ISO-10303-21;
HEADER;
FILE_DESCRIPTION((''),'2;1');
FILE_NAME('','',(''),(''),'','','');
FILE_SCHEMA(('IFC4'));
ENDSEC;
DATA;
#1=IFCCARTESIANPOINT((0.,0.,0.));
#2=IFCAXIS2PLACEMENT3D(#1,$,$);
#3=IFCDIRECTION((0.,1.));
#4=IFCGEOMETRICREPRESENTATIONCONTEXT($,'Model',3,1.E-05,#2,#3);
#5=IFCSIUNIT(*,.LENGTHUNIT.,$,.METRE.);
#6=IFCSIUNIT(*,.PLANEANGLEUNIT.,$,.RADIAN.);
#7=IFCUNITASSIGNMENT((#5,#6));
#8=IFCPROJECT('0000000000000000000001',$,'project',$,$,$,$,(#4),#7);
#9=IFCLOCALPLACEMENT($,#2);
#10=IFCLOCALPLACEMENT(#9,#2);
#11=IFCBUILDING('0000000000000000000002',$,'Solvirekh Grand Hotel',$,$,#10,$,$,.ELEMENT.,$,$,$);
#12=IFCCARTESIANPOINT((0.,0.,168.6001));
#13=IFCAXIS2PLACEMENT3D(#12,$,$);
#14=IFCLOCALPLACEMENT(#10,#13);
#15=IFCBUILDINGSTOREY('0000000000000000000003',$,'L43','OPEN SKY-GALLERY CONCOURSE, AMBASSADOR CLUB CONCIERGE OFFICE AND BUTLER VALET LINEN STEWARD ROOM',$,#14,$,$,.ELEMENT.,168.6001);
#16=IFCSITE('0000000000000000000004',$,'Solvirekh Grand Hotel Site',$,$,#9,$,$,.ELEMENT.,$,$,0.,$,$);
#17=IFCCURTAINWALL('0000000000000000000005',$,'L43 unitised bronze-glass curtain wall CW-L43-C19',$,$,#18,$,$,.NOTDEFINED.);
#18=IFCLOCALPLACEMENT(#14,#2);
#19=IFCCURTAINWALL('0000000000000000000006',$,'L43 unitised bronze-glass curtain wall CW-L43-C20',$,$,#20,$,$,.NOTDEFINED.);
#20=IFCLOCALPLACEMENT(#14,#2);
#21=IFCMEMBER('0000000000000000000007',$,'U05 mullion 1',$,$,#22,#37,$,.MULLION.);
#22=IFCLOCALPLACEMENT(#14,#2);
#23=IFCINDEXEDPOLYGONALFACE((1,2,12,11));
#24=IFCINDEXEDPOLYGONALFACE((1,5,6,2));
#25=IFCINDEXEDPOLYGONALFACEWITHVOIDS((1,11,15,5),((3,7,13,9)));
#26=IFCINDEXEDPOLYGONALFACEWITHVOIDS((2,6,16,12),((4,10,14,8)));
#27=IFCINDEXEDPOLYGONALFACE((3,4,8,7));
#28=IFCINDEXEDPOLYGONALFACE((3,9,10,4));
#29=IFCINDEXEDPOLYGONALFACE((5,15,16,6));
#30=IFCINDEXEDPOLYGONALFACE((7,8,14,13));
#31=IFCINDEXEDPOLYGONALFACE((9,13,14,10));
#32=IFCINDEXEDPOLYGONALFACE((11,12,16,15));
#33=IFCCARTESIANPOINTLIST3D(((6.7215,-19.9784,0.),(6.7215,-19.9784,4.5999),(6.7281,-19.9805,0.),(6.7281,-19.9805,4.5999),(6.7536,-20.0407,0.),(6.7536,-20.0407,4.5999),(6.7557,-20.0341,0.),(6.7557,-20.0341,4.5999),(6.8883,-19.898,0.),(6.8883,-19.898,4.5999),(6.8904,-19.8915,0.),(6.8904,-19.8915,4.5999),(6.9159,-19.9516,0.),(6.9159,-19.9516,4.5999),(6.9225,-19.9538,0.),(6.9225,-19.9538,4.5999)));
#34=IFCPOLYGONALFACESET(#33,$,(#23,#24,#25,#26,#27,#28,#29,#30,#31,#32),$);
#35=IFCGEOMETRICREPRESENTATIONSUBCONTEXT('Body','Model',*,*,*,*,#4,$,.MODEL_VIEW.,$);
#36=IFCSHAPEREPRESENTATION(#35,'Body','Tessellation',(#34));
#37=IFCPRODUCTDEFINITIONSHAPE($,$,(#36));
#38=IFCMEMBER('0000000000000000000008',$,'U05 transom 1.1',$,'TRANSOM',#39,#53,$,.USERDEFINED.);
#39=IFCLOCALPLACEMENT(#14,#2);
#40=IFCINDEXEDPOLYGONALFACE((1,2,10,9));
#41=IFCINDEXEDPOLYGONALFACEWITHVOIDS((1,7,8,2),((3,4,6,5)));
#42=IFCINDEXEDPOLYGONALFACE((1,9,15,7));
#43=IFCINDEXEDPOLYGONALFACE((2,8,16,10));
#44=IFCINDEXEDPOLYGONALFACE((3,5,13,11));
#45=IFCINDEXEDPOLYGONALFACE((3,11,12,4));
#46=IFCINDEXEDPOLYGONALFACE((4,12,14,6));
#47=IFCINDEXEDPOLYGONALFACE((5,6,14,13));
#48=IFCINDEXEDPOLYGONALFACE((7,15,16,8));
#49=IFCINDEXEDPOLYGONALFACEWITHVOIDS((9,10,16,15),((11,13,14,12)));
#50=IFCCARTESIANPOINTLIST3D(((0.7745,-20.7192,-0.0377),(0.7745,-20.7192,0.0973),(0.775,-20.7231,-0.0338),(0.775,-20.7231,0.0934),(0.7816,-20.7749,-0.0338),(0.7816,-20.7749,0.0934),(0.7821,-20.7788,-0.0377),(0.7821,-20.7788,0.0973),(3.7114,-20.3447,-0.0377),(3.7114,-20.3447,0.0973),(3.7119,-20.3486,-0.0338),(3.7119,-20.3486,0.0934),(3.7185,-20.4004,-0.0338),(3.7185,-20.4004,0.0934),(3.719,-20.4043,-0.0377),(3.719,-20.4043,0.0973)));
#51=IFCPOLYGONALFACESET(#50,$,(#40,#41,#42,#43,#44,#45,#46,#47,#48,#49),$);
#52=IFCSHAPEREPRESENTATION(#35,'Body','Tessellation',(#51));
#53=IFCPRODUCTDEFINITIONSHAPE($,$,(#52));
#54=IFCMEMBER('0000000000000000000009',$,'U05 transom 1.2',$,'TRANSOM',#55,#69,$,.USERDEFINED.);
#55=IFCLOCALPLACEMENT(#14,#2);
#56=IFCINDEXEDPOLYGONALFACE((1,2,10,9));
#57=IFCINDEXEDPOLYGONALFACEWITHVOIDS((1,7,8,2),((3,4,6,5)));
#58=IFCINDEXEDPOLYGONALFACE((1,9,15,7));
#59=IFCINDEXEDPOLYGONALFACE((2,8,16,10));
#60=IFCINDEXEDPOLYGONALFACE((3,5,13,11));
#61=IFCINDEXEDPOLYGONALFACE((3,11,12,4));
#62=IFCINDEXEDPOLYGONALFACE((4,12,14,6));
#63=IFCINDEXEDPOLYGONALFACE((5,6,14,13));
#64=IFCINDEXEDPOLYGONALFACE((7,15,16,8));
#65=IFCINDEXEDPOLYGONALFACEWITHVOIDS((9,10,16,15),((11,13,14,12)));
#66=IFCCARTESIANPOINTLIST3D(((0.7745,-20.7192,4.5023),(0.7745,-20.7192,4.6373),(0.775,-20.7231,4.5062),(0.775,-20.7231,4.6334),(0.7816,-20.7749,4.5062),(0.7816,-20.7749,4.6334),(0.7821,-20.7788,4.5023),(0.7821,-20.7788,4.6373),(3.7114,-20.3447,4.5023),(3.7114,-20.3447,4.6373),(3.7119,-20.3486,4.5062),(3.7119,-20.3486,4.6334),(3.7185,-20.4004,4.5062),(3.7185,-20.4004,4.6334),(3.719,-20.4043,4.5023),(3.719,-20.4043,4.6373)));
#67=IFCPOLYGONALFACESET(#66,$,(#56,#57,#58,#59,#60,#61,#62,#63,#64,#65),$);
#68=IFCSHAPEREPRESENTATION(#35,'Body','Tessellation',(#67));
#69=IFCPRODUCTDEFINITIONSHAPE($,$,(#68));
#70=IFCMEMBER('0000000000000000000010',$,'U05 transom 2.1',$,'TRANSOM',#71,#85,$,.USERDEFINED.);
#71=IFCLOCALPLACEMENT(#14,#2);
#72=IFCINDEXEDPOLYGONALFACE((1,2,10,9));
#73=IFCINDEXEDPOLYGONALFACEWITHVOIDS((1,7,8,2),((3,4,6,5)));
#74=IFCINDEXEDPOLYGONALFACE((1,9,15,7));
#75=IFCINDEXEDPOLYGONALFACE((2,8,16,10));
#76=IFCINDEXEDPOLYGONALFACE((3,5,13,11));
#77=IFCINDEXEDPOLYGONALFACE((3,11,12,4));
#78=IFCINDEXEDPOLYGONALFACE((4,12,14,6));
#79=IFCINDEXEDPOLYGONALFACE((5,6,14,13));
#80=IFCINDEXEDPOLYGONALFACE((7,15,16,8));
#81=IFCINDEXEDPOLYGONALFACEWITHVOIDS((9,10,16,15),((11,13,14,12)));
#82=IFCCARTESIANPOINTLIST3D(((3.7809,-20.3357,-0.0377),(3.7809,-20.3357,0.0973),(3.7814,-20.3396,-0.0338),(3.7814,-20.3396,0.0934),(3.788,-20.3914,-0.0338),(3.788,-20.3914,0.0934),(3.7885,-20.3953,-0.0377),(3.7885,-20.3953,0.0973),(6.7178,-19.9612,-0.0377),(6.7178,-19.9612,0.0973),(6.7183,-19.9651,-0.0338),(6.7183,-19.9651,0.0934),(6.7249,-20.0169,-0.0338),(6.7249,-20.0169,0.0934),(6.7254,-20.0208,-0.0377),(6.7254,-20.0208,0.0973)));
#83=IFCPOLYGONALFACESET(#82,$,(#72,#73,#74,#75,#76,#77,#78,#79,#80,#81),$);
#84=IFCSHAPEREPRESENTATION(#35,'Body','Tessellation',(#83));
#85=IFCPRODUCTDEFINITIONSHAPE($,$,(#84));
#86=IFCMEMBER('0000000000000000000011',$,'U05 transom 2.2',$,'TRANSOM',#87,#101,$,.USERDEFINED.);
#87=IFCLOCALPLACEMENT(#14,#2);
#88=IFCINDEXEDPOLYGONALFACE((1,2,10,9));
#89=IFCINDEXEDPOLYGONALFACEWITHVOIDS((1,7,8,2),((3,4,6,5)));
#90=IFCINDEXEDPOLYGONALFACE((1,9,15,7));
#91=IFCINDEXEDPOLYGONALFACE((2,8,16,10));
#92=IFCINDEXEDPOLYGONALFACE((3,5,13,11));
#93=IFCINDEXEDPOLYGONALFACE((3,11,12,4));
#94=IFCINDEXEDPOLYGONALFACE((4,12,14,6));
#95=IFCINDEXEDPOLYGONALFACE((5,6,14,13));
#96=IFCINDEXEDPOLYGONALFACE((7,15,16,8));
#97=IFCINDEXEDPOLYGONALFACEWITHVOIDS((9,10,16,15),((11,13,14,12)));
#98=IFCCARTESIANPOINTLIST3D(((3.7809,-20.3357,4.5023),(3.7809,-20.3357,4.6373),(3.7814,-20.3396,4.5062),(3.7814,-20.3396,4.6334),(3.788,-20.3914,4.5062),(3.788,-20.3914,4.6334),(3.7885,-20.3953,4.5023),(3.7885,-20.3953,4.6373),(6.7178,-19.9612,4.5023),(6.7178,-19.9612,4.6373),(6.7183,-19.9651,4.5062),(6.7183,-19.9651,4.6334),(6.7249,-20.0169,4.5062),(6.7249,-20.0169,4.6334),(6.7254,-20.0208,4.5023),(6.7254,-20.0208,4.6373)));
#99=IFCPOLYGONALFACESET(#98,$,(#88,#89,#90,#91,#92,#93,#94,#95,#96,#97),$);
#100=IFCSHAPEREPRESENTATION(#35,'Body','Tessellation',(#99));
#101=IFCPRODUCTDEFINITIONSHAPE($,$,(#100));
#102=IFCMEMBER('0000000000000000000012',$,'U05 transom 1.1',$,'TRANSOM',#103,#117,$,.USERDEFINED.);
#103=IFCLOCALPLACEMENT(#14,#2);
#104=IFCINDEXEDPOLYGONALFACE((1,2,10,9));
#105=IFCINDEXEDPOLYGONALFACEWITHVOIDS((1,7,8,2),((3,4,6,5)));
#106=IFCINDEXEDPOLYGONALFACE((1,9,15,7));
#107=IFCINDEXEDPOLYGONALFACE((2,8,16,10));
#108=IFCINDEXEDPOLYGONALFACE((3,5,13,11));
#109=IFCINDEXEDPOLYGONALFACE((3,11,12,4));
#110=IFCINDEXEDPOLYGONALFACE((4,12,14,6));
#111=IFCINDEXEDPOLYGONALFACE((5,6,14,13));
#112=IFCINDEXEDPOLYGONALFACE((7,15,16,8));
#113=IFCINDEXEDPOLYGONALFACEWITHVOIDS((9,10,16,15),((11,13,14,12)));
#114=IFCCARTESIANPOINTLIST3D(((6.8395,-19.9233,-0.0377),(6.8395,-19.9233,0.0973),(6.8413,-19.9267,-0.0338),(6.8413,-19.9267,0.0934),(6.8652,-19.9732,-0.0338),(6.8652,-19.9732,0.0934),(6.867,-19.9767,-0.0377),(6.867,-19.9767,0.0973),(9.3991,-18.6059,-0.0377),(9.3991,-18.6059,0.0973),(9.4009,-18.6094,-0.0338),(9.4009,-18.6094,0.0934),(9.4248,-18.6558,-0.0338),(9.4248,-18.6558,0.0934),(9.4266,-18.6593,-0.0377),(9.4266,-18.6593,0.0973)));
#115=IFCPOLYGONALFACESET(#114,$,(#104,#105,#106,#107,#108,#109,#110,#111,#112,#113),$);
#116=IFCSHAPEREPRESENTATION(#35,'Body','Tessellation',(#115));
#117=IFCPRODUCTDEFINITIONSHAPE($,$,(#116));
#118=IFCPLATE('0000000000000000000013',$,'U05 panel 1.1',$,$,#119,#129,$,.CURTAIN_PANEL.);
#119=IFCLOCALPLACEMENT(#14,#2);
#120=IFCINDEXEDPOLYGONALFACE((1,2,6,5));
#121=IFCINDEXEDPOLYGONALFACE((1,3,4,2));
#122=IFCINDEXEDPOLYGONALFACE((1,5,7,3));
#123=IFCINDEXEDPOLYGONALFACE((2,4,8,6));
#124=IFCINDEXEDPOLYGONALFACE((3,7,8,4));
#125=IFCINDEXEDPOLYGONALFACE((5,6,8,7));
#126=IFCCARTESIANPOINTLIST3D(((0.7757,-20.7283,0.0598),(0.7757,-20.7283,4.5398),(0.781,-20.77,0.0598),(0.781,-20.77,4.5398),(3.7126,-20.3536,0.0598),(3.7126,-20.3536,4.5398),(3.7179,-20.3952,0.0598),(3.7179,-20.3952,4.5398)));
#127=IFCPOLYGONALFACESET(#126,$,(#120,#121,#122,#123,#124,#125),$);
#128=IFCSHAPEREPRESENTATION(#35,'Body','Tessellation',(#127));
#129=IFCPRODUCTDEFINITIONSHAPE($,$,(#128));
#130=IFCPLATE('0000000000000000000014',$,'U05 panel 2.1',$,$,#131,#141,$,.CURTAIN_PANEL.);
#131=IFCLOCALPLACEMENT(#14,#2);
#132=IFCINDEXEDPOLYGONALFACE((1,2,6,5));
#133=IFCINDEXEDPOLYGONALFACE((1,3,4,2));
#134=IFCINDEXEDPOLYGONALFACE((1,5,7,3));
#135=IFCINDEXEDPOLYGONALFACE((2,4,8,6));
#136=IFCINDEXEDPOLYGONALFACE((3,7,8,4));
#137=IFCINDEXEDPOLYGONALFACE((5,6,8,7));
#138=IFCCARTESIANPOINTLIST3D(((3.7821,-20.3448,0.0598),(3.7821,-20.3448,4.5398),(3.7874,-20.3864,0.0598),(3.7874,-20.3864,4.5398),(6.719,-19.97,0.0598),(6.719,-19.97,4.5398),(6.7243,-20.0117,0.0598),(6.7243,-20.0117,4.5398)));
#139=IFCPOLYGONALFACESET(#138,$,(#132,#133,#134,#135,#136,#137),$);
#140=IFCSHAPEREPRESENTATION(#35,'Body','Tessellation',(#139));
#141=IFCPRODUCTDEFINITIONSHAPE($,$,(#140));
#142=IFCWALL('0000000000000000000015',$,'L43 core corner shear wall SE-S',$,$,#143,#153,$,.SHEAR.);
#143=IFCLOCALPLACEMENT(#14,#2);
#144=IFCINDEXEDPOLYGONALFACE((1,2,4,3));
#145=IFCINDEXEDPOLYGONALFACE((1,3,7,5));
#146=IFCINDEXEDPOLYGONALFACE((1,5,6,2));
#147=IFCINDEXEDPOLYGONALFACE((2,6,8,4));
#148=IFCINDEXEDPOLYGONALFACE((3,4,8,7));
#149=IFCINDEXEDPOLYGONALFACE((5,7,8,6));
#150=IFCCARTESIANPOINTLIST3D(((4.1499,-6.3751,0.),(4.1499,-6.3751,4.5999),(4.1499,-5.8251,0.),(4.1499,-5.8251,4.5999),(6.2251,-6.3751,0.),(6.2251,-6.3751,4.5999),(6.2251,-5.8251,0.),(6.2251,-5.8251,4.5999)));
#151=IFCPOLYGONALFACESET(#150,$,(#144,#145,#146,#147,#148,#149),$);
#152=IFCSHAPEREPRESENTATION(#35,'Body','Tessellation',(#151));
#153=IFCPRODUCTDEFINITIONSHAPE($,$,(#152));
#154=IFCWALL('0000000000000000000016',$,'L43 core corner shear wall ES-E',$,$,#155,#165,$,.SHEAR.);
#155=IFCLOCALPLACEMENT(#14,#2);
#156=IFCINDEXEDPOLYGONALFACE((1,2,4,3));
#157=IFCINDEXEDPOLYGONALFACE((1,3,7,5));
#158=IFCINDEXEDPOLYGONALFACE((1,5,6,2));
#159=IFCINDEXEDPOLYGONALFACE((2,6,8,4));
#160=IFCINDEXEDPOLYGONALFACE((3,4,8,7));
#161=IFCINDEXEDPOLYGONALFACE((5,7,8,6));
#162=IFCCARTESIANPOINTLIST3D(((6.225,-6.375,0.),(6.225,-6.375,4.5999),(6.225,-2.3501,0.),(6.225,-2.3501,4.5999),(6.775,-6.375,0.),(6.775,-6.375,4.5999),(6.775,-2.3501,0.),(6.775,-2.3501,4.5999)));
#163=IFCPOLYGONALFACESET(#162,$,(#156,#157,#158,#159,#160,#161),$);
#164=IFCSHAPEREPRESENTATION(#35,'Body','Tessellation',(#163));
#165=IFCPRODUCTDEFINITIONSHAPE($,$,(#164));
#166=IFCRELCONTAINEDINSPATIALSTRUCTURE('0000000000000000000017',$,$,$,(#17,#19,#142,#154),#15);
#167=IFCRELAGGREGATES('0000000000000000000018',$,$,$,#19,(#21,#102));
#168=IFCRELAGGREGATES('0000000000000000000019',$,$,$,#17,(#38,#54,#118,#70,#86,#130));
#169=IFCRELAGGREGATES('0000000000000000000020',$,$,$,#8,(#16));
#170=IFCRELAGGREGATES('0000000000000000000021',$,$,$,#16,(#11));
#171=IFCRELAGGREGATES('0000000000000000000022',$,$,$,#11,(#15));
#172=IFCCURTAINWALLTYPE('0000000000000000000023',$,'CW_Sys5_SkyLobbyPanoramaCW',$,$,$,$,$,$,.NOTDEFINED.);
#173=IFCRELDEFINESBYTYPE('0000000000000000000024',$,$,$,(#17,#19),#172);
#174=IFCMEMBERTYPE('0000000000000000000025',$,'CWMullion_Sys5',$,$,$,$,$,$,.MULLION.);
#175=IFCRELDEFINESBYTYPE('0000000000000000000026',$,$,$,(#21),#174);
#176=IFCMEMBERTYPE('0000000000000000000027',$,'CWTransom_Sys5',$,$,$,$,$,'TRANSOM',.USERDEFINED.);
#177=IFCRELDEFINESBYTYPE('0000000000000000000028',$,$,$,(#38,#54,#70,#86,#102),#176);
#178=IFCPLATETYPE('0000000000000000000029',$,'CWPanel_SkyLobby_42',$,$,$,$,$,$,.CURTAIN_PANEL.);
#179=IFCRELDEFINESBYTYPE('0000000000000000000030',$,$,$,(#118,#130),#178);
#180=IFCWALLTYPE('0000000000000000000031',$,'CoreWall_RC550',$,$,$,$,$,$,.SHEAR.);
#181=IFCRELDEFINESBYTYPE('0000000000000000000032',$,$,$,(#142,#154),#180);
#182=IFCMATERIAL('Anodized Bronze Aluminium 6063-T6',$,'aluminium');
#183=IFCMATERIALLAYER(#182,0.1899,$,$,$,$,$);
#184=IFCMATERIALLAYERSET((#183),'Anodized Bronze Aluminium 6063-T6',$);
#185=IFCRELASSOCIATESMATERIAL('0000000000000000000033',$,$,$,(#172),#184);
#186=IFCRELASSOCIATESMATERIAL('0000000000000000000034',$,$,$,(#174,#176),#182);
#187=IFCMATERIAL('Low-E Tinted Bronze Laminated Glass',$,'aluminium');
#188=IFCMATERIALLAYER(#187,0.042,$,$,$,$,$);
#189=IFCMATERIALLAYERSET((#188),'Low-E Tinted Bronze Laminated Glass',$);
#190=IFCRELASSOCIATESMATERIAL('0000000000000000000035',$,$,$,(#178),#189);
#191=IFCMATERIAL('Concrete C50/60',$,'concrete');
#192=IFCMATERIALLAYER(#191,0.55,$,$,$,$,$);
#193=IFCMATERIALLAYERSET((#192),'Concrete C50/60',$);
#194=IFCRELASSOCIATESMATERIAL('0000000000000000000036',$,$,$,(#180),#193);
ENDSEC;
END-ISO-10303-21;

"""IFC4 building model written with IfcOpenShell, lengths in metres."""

from ifc_helpers import new_model, si_unit, direction, frame, frame_2d, origin, origin_2d, place, context, subcontext, project, spatial, rectangle, hollow_rectangle, extrude, source, transform, mapped, material, layer, layer_set, material_profile, profile_set, type_object, element, aggregate, save


model = new_model("IFC4")

# Units and contexts
model_context = context("Model", 3, precision=1e-05, world=origin(), true_north=direction((0.0, 1.0)))
body_context = subcontext(model_context, "Body", "Model", "MODEL_VIEW")
ifc_project = project(units=[si_unit("LENGTHUNIT", "METRE"), si_unit("PLANEANGLEUNIT", "RADIAN")], contexts=[model_context])

# Site, building, storey
site_placement = place(None, origin())
site = spatial("IfcSite", under=ifc_project, at=site_placement, Name="Solvirekh Grand Hotel Site", CompositionType="ELEMENT", RefElevation=0.0)
building_placement = place(site_placement, origin())
building = spatial("IfcBuilding", under=site, at=building_placement, Name="Solvirekh Grand Hotel", CompositionType="ELEMENT")
storey_placement = place(building_placement, frame((0.0, 0.0, 168.6001)))
storey = spatial("IfcBuildingStorey", under=building, at=storey_placement, Name="L43", Description="OPEN SKY-GALLERY CONCOURSE, AMBASSADOR CLUB CONCIERGE OFFICE AND BUTLER VALET LINEN STEWARD ROOM", CompositionType="ELEMENT", Elevation=168.6001)

# Shared definitions
ifc_material_1 = material(Name="Concrete C50/60", Category="concrete")

# Shared definitions
ifc_material_2 = material(Name="Anodized Bronze Aluminium 6063-T6", Category="aluminium")
ifc_layer_1 = layer(ifc_material_2, 0.1899)
ifc_layer_set_1 = layer_set([ifc_layer_1], Name="Anodized Bronze Aluminium 6063-T6")
curtain_wall_type = type_object("IfcCurtainWallType", Name="CW_Sys5_SkyLobbyPanoramaCW", PredefinedType="NOTDEFINED", material=ifc_layer_set_1)
ifc_material_profile_1 = material_profile(ifc_material_2, hollow_rectangle(XDim=0.0701, YDim=0.1899, WallThickness=0.0049, at=origin_2d()), Name="ALU RHS 190X70X5")
ifc_profile_set_1 = profile_set([ifc_material_profile_1], Name="Anodized Bronze Aluminium 6063-T6")
member_type_1 = type_object("IfcMemberType", Name="CWMullion_Sys5", PredefinedType="MULLION", material=ifc_profile_set_1)
shared_shape_1 = source(origin(), body_context, "Body", "SweptSolid", [
    extrude(hollow_rectangle(XDim=0.0701, YDim=0.1899, WallThickness=0.0049, at=origin_2d()), origin(), (0.0, 0.0, 1.0), 4.5999),
])

# Curtain wall
curtain_wall_1_placement = place(storey_placement, origin())
curtain_wall_1 = element("IfcCurtainWall", 1, at=curtain_wall_1_placement, inside=storey, type_object=curtain_wall_type, Name="L43 unitised bronze-glass curtain wall CW-L43-C19", PredefinedType="NOTDEFINED")

# Curtain wall, member
curtain_wall_2_placement = place(storey_placement, origin())
curtain_wall_2 = element("IfcCurtainWall", 2, at=curtain_wall_2_placement, inside=storey, type_object=curtain_wall_type, Name="L43 unitised bronze-glass curtain wall CW-L43-C20", PredefinedType="NOTDEFINED")
member_1_placement = place(storey_placement, frame((6.822, -19.9661, 0.0), z_axis=(0.0, 0.0, 1.0), x_axis=(-0.45764, 0.889138, 0.0)))
member_1 = element("IfcMember", 3, at=member_1_placement, type_object=member_type_1, Name="U05 mullion 1", PredefinedType="MULLION", context=body_context, shape_type="MappedRepresentation", body=[
    mapped(shared_shape_1, transform((0.0, 0.0, 0.0), x_axis=(1.0, 0.0, 0.0), y_axis=(0.0, 1.0, 0.0), z_axis=(0.0, 0.0, 1.0), scale=1.0)),
])

# Members
ifc_material_profile_2 = material_profile(ifc_material_2, hollow_rectangle(XDim=0.0601, YDim=0.135, WallThickness=0.0039, at=origin_2d()), Name="ALU RHS 135X60X4")
ifc_profile_set_2 = profile_set([ifc_material_profile_2], Name="Anodized Bronze Aluminium 6063-T6")
member_type_2 = type_object("IfcMemberType", Name="CWTransom_Sys5", ElementType="TRANSOM", PredefinedType="USERDEFINED", material=ifc_profile_set_2)
shared_shape_2 = source(origin(), body_context, "Body", "SweptSolid", [
    extrude(hollow_rectangle(XDim=0.0601, YDim=0.135, WallThickness=0.0039, at=origin_2d()), origin(), (0.0, 0.0, 1.0), 2.9607),
])
member_2_placement = place(storey_placement, frame((0.7783, -20.749, 0.0298), z_axis=(0.991968, 0.12649, 0.0), x_axis=(-0.12649, 0.991968, 0.0)))
member_2 = element("IfcMember", 4, at=member_2_placement, type_object=member_type_2, Name="U05 transom 1.1", ObjectType="TRANSOM", PredefinedType="USERDEFINED", context=body_context, shape_type="MappedRepresentation", body=[
    mapped(shared_shape_2, transform((0.0, 0.0, 0.0), x_axis=(1.0, 0.0, 0.0), y_axis=(0.0, 1.0, 0.0), z_axis=(0.0, 0.0, 1.0), scale=1.0)),
])
member_3_placement = place(storey_placement, frame((0.7783, -20.749, 4.5698), z_axis=(0.991968, 0.12649, 0.0), x_axis=(-0.12649, 0.991968, 0.0)))
member_3 = element("IfcMember", 5, at=member_3_placement, type_object=member_type_2, Name="U05 transom 1.2", ObjectType="TRANSOM", PredefinedType="USERDEFINED", context=body_context, shape_type="MappedRepresentation", body=[
    mapped(shared_shape_2, transform((0.0, 0.0, 0.0), x_axis=(1.0, 0.0, 0.0), y_axis=(0.0, 1.0, 0.0), z_axis=(0.0, 0.0, 1.0), scale=1.0)),
])
member_4_placement = place(storey_placement, frame((3.7847, -20.3655, 0.0298), z_axis=(0.991968, 0.12649, 0.0), x_axis=(-0.12649, 0.991968, 0.0)))
member_4 = element("IfcMember", 6, at=member_4_placement, type_object=member_type_2, Name="U05 transom 2.1", ObjectType="TRANSOM", PredefinedType="USERDEFINED", context=body_context, shape_type="MappedRepresentation", body=[
    mapped(shared_shape_2, transform((0.0, 0.0, 0.0), x_axis=(1.0, 0.0, 0.0), y_axis=(0.0, 1.0, 0.0), z_axis=(0.0, 0.0, 1.0), scale=1.0)),
])
member_5_placement = place(storey_placement, frame((3.7847, -20.3655, 4.5698), z_axis=(0.991968, 0.12649, 0.0), x_axis=(-0.12649, 0.991968, 0.0)))
member_5 = element("IfcMember", 7, at=member_5_placement, type_object=member_type_2, Name="U05 transom 2.2", ObjectType="TRANSOM", PredefinedType="USERDEFINED", context=body_context, shape_type="MappedRepresentation", body=[
    mapped(shared_shape_2, transform((0.0, 0.0, 0.0), x_axis=(1.0, 0.0, 0.0), y_axis=(0.0, 1.0, 0.0), z_axis=(0.0, 0.0, 1.0), scale=1.0)),
])
shared_shape_3 = source(origin(), body_context, "Body", "SweptSolid", [
    extrude(hollow_rectangle(XDim=0.0601, YDim=0.135, WallThickness=0.0039, at=origin_2d()), origin(), (0.0, 0.0, 1.0), 2.8787),
])
member_6_placement = place(storey_placement, frame((6.8533, -19.95, 0.0298), z_axis=(0.889142, 0.457632, 0.0), x_axis=(-0.457632, 0.889142, 0.0)))
member_6 = element("IfcMember", 8, at=member_6_placement, type_object=member_type_2, Name="U05 transom 1.1", ObjectType="TRANSOM", PredefinedType="USERDEFINED", context=body_context, shape_type="MappedRepresentation", body=[
    mapped(shared_shape_3, transform((0.0, 0.0, 0.0), x_axis=(1.0, 0.0, 0.0), y_axis=(0.0, 1.0, 0.0), z_axis=(0.0, 0.0, 1.0), scale=1.0)),
])
aggregate(curtain_wall_2, [member_1, member_6])

# Plates
ifc_material_3 = material(Name="Low-E Tinted Bronze Laminated Glass", Category="aluminium")
ifc_layer_2 = layer(ifc_material_3, 0.042)
ifc_layer_set_2 = layer_set([ifc_layer_2], Name="Low-E Tinted Bronze Laminated Glass")
plate_type = type_object("IfcPlateType", Name="CWPanel_SkyLobby_42", PredefinedType="CURTAIN_PANEL", material=ifc_layer_set_2)
shared_shape_4 = source(origin(), body_context, "Body", "SweptSolid", [
    extrude(rectangle(XDim=2.9607, YDim=0.042, at=origin_2d()), origin(), (0.0, 0.0, 1.0), 4.48),
])
plate_1_placement = place(storey_placement, frame((2.2468, -20.5618, 0.0598), z_axis=(0.0, 0.0, 1.0), x_axis=(0.991958, 0.126564, 0.0)))
plate_1 = element("IfcPlate", 9, at=plate_1_placement, type_object=plate_type, Name="U05 panel 1.1", PredefinedType="CURTAIN_PANEL", context=body_context, shape_type="MappedRepresentation", body=[
    mapped(shared_shape_4, transform((0.0, 0.0, 0.0), x_axis=(1.0, 0.0, 0.0), y_axis=(0.0, 1.0, 0.0), z_axis=(0.0, 0.0, 1.0), scale=1.0)),
])
plate_2_placement = place(storey_placement, frame((5.2532, -20.1782, 0.0598), z_axis=(0.0, 0.0, 1.0), x_axis=(0.991958, 0.126564, 0.0)))
plate_2 = element("IfcPlate", 10, at=plate_2_placement, type_object=plate_type, Name="U05 panel 2.1", PredefinedType="CURTAIN_PANEL", context=body_context, shape_type="MappedRepresentation", body=[
    mapped(shared_shape_4, transform((0.0, 0.0, 0.0), x_axis=(1.0, 0.0, 0.0), y_axis=(0.0, 1.0, 0.0), z_axis=(0.0, 0.0, 1.0), scale=1.0)),
])
aggregate(curtain_wall_1, [member_2, member_3, plate_1, member_4, member_5, plate_2])

# Walls
ifc_layer_3 = layer(ifc_material_1, 0.55)
ifc_layer_set_3 = layer_set([ifc_layer_3], Name="Concrete C50/60")
wall_type_1 = type_object("IfcWallType", Name="CoreWall_RC550", PredefinedType="SHEAR", material=ifc_layer_set_3)
wall_1_placement = place(storey_placement, frame((4.1499, -6.1001, 0.0), z_axis=(0.0, 0.0, 1.0), x_axis=(1.0, 0.0, 0.0)))
element("IfcWall", 11, at=wall_1_placement, inside=storey, type_object=wall_type_1, Name="L43 core corner shear wall SE-S", PredefinedType="SHEAR", context=body_context, shape_type="SweptSolid", body=[
    extrude(rectangle(XDim=2.0752, YDim=0.55, at=frame_2d((1.0376, 0.0))), origin(), (0.0, 0.0, 1.0), 4.5999),
])
wall_2_placement = place(storey_placement, frame((6.5, -6.375, 0.0), z_axis=(0.0, 0.0, 1.0), x_axis=(0.0, 1.0, 0.0)))
element("IfcWall", 12, at=wall_2_placement, inside=storey, type_object=wall_type_1, Name="L43 core corner shear wall ES-E", PredefinedType="SHEAR", context=body_context, shape_type="SweptSolid", body=[
    extrude(rectangle(XDim=4.0249, YDim=0.55, at=frame_2d((2.0125, 0.0))), origin(), (0.0, 0.0, 1.0), 4.5999),
])

save(model, "model.ifc")
